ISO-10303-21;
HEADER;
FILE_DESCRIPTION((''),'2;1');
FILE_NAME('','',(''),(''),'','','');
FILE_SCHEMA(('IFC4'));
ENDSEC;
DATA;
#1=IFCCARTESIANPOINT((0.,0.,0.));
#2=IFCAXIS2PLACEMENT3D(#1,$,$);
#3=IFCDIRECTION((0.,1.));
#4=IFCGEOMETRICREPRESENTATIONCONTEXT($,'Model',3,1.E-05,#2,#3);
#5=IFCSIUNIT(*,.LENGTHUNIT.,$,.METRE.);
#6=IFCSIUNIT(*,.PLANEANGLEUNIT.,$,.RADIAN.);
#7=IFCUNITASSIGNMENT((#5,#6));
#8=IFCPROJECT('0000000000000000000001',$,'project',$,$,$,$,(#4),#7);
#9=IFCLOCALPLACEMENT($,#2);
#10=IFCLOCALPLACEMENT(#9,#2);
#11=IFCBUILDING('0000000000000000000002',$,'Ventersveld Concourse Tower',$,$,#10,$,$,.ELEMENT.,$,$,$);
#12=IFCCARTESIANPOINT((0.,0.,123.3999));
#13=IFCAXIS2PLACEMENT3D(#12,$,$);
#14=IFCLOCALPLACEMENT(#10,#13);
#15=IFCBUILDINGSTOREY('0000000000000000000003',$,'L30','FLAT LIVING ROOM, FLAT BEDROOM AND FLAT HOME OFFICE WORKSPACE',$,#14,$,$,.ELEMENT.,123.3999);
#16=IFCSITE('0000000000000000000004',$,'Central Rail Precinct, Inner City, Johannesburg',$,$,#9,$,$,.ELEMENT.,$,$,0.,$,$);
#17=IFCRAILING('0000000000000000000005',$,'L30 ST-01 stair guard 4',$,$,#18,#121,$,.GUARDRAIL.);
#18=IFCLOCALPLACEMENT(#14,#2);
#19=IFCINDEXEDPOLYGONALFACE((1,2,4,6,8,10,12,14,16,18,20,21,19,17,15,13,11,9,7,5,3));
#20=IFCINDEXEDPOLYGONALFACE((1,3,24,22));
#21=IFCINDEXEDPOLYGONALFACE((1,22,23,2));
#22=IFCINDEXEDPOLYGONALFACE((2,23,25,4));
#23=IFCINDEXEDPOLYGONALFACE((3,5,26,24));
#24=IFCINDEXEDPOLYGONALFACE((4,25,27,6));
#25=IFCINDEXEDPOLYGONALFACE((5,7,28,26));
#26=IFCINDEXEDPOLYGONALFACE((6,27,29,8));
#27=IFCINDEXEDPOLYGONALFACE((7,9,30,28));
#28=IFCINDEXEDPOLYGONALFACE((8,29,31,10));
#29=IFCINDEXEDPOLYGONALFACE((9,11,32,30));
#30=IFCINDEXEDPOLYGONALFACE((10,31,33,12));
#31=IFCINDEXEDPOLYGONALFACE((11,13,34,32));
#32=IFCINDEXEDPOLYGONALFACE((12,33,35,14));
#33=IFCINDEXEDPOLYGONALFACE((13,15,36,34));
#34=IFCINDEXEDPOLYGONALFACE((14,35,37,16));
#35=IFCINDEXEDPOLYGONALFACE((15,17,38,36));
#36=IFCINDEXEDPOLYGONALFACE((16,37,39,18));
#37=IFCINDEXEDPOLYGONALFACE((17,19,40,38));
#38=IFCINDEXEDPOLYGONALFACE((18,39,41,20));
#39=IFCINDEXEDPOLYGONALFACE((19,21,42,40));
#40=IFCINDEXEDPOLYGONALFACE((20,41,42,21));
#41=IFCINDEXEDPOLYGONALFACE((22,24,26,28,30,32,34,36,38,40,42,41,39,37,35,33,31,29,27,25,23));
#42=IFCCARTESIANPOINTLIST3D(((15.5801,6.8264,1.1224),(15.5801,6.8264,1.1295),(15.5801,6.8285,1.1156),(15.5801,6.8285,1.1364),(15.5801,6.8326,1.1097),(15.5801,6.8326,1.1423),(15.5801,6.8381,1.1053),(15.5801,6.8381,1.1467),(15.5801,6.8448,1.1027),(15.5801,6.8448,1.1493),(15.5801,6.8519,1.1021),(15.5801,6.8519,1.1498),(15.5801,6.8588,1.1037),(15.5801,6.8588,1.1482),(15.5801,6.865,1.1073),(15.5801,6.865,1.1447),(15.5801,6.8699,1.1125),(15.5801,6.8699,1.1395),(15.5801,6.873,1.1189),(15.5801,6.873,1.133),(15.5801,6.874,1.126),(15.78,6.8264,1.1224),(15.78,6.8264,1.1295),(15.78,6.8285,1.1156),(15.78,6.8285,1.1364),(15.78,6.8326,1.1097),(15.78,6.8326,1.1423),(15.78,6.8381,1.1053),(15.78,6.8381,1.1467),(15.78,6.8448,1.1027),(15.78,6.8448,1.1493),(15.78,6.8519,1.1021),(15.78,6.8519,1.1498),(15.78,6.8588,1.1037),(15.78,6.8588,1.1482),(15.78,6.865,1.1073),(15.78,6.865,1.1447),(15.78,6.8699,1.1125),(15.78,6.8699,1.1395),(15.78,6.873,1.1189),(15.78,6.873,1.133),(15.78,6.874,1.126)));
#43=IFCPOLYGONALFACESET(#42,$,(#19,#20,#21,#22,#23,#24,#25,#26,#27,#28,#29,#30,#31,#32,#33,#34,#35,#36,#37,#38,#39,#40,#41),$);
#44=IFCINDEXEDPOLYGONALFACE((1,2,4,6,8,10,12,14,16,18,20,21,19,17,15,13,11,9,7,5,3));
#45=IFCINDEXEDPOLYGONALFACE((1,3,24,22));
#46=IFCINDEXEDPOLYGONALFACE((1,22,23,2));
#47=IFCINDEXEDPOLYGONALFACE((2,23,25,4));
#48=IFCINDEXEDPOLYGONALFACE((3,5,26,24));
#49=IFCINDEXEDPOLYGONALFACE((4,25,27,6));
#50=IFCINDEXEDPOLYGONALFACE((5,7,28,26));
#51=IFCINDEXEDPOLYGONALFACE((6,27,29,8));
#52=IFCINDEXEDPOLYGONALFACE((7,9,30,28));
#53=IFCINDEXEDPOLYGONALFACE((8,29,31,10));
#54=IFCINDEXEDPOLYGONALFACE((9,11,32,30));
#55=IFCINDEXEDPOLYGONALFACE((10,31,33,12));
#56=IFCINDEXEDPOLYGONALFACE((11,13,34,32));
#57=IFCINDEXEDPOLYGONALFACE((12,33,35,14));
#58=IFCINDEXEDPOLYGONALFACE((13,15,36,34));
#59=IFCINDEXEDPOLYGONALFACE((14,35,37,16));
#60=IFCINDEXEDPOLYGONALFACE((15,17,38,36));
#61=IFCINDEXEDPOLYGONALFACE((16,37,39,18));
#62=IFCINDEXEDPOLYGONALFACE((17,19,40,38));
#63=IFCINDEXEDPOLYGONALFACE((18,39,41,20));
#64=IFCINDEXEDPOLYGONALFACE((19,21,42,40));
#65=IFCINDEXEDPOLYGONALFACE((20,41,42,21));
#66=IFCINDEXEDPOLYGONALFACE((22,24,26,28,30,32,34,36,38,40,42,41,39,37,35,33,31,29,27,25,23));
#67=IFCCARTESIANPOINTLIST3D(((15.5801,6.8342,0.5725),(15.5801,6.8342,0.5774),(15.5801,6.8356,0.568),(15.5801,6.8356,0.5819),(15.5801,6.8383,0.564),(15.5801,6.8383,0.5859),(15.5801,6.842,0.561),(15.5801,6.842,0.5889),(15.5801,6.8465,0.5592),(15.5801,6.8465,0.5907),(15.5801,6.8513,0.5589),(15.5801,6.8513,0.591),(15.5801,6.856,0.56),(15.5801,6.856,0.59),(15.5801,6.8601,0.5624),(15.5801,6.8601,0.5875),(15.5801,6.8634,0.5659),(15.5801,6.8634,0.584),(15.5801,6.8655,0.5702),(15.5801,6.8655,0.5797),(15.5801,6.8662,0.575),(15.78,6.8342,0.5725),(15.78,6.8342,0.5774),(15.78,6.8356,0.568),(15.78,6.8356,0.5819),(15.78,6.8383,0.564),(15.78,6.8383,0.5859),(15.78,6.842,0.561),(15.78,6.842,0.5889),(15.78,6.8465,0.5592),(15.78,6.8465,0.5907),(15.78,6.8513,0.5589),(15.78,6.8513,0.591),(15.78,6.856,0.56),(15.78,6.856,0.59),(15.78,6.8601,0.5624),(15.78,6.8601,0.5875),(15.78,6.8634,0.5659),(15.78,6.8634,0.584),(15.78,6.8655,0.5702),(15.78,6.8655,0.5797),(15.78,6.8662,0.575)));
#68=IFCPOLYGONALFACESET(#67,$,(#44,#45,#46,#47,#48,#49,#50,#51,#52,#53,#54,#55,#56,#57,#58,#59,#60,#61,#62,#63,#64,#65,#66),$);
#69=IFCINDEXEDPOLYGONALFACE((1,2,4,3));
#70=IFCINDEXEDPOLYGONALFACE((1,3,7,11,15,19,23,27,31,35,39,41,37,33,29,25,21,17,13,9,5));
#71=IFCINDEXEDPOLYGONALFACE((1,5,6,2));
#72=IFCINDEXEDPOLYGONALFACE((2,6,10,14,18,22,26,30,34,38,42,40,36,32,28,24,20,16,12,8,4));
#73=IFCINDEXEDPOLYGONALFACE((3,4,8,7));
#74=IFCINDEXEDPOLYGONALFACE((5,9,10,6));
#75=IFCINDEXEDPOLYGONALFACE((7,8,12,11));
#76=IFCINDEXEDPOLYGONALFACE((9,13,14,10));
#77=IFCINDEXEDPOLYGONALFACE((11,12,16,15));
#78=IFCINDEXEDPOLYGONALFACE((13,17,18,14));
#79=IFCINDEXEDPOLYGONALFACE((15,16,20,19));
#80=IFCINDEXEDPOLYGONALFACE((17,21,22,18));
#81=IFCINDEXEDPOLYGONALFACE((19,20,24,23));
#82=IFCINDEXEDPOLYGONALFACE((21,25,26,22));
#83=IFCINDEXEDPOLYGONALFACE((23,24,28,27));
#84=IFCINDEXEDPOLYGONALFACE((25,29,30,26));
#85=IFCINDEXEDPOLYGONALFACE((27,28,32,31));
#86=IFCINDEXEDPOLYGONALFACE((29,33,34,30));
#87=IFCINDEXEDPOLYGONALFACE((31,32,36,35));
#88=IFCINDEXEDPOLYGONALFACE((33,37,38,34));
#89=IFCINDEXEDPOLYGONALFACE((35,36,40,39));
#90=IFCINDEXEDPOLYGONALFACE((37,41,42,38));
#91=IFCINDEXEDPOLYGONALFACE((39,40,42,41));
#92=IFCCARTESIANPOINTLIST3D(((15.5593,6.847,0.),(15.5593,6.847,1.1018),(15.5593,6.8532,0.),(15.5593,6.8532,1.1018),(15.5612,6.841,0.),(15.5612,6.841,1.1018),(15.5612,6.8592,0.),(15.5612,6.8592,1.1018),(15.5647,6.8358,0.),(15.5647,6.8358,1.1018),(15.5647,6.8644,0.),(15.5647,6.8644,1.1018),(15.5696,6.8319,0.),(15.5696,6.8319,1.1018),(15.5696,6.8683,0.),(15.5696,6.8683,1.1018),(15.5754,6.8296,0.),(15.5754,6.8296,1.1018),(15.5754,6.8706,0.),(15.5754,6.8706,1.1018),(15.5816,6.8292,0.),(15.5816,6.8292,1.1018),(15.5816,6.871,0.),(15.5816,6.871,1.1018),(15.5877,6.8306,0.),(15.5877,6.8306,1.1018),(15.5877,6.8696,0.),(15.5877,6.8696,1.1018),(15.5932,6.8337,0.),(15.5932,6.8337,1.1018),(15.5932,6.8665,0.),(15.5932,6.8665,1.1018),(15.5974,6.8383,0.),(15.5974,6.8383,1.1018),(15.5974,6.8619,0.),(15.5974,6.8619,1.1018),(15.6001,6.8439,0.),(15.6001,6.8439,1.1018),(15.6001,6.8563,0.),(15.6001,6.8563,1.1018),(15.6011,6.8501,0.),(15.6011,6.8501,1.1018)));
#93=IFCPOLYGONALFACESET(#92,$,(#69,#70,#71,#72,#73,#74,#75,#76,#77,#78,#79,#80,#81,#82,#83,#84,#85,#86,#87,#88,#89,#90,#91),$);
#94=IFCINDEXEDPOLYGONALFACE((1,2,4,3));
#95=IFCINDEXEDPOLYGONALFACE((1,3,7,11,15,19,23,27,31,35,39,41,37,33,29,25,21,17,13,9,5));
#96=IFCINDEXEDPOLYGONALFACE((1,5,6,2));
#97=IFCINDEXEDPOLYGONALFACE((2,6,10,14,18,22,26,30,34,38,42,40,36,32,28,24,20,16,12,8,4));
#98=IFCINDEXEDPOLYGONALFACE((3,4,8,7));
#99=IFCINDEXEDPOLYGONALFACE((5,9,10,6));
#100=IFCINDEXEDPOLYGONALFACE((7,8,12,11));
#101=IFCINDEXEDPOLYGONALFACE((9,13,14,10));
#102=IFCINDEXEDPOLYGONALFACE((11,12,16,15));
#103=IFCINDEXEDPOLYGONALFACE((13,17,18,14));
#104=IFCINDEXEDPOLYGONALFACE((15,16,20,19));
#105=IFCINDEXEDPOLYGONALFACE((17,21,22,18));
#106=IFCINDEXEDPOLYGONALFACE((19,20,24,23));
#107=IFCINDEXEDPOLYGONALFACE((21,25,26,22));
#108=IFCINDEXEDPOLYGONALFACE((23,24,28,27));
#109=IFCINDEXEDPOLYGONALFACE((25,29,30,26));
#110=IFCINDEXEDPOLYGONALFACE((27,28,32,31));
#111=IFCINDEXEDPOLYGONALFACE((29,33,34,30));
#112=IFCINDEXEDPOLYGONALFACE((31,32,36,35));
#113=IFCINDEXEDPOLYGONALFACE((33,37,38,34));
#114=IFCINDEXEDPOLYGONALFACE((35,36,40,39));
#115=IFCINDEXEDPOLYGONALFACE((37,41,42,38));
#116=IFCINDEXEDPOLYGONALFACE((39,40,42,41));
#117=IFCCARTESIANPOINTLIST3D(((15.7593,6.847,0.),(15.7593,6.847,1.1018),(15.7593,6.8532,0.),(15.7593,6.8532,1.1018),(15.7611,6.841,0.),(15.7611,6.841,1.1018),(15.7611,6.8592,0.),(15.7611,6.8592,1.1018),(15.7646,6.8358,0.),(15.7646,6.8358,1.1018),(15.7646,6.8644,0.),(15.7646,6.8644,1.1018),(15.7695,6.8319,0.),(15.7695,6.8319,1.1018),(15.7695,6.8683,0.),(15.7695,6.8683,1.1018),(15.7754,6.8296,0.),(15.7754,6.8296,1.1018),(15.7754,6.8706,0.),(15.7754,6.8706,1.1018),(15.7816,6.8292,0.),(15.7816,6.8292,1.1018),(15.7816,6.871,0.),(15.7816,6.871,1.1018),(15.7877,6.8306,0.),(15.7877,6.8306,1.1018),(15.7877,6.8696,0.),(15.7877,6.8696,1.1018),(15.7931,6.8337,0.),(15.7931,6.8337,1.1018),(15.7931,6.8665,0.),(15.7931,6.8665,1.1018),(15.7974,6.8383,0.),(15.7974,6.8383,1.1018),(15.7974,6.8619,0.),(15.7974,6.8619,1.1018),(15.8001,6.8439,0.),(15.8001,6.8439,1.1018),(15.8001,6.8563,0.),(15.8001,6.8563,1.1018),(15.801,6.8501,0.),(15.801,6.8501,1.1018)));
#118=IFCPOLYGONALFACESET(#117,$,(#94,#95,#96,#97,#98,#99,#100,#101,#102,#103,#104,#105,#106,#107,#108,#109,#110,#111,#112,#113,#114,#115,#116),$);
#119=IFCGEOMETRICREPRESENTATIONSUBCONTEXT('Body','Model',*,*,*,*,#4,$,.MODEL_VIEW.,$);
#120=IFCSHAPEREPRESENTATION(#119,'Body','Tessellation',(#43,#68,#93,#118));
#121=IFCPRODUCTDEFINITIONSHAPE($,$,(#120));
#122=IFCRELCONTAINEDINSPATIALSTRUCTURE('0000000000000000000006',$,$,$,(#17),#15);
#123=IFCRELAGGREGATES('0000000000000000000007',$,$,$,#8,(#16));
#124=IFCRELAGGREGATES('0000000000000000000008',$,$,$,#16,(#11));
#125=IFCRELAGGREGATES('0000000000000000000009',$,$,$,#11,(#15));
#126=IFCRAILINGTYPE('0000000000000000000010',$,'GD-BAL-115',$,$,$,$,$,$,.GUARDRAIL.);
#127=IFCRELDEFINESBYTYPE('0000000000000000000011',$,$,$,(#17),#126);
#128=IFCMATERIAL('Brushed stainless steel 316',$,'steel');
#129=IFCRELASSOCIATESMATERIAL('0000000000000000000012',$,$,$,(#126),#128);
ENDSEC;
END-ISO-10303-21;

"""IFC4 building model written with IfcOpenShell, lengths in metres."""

from ifc_helpers import new_model, si_unit, direction, frame, origin, origin_2d, place, context, subcontext, project, spatial, circle, extrude, material, type_object, element, save


model = new_model("IFC4")

# Units and contexts
model_context = context("Model", 3, precision=1e-05, world=origin(), true_north=direction((0.0, 1.0)))
body_context = subcontext(model_context, "Body", "Model", "MODEL_VIEW")
ifc_project = project(units=[si_unit("LENGTHUNIT", "METRE"), si_unit("PLANEANGLEUNIT", "RADIAN")], contexts=[model_context])

# Site, building, storey
site_placement = place(None, origin())
site = spatial("IfcSite", under=ifc_project, at=site_placement, Name="Central Rail Precinct, Inner City, Johannesburg", CompositionType="ELEMENT", RefElevation=0.0)
building_placement = place(site_placement, origin())
building = spatial("IfcBuilding", under=site, at=building_placement, Name="Ventersveld Concourse Tower", CompositionType="ELEMENT")
storey_placement = place(building_placement, frame((0.0, 0.0, 123.3999)))
storey = spatial("IfcBuildingStorey", under=building, at=storey_placement, Name="L30", Description="FLAT LIVING ROOM, FLAT BEDROOM AND FLAT HOME OFFICE WORKSPACE", CompositionType="ELEMENT", Elevation=123.3999)

# Shared definitions
ifc_material_1 = material(Name="Brushed stainless steel 316", Category="steel")

# Railing
railing_type_1 = type_object("IfcRailingType", Name="GD-BAL-115", PredefinedType="GUARDRAIL", material=ifc_material_1)
railing_1_placement = place(storey_placement, frame((15.5801, 6.8501, 0.0)))
element("IfcRailing", 1, at=railing_1_placement, inside=storey, type_object=railing_type_1, Name="L30 ST-01 stair guard 4", PredefinedType="GUARDRAIL", context=body_context, shape_type="SweptSolid", body=[
    extrude(circle(Radius=0.0239, at=origin_2d()), frame((0.0, 0.0, 1.126), z_axis=(1.0, 0.0, 0.0), x_axis=(0.0, 1.0, 0.0)), (0.0, 0.0, 1.0), 0.2),
    extrude(circle(Radius=0.0161, at=origin_2d()), frame((0.0, 0.0, 0.575), z_axis=(1.0, 0.0, 0.0), x_axis=(0.0, 1.0, 0.0)), (0.0, 0.0, 1.0), 0.2),
    extrude(circle(Radius=0.021, at=origin_2d()), origin(), (0.0, 0.0, 1.0), 1.1018),
    extrude(circle(Radius=0.021, at=origin_2d()), frame((0.2, 0.0, 0.0)), (0.0, 0.0, 1.0), 1.1018),
])

save(model, "model.ifc")
